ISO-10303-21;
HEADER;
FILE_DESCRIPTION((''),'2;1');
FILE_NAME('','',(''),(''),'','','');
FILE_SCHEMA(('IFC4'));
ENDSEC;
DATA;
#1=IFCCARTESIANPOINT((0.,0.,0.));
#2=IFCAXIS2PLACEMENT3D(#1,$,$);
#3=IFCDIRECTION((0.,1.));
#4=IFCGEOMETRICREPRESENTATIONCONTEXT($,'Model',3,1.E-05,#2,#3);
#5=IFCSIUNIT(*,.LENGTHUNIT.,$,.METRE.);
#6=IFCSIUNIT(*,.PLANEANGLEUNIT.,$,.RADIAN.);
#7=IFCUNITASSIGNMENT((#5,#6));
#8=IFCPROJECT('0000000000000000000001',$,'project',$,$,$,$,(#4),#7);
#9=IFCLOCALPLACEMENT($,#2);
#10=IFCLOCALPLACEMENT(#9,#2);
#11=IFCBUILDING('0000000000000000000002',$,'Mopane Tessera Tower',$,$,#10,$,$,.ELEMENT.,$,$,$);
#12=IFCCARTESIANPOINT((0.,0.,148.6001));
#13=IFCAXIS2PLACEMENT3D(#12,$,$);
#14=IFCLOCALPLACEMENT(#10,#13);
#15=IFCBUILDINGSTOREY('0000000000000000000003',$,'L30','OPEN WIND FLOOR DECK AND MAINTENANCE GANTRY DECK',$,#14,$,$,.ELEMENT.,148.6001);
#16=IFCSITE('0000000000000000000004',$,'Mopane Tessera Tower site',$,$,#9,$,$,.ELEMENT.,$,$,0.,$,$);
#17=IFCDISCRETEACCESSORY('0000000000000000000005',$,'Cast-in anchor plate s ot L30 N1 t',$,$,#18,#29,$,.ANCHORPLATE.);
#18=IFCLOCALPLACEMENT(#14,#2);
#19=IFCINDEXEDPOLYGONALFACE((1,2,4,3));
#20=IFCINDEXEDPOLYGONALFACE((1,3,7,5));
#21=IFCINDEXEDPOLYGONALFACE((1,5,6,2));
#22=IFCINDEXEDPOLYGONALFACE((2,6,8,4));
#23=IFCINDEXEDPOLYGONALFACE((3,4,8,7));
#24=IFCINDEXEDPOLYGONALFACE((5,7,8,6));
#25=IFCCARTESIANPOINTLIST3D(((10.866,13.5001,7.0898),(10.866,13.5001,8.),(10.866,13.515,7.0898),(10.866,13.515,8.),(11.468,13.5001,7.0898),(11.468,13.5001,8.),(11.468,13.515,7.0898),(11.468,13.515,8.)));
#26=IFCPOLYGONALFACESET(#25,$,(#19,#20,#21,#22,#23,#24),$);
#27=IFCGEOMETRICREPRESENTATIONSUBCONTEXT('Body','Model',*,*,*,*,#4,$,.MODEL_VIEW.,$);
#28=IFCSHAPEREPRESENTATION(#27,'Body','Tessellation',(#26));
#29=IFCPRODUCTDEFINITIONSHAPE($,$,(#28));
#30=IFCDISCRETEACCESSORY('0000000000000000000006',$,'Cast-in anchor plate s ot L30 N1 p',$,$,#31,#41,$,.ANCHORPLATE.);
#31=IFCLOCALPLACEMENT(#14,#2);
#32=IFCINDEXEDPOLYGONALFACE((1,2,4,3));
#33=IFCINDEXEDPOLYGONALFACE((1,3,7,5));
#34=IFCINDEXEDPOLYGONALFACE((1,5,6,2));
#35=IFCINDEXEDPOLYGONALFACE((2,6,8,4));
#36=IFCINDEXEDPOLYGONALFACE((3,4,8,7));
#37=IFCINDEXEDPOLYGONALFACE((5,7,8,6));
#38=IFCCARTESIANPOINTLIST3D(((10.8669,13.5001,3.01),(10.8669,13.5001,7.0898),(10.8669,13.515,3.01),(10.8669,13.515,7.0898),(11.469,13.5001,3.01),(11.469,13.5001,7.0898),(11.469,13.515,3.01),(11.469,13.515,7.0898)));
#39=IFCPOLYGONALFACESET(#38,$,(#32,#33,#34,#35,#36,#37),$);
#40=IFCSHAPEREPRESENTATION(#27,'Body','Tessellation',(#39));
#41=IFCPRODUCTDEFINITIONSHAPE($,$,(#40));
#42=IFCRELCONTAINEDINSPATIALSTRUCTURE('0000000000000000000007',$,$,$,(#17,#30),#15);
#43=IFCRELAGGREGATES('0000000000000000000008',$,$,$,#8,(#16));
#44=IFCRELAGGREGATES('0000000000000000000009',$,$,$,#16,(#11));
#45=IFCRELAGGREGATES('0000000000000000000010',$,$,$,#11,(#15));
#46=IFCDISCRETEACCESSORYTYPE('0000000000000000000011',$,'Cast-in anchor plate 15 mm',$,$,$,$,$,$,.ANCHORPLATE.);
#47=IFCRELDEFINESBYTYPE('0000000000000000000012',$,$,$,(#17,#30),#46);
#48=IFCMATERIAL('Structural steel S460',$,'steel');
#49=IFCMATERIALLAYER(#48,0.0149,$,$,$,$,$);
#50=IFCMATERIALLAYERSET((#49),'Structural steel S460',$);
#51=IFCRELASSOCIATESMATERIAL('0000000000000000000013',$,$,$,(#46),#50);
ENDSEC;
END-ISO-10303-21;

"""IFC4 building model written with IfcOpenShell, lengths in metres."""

from ifc_helpers import new_model, si_unit, direction, frame, origin, origin_2d, place, context, subcontext, project, spatial, rectangle, extrude, material, layer, layer_set, type_object, element, save


model = new_model("IFC4")

# Units and contexts
model_context = context("Model", 3, precision=1e-05, world=origin(), true_north=direction((0.0, 1.0)))
body_context = subcontext(model_context, "Body", "Model", "MODEL_VIEW")
ifc_project = project(units=[si_unit("LENGTHUNIT", "METRE"), si_unit("PLANEANGLEUNIT", "RADIAN")], contexts=[model_context])

# Site, building, storey
site_placement = place(None, origin())
site = spatial("IfcSite", under=ifc_project, at=site_placement, Name="Mopane Tessera Tower site", CompositionType="ELEMENT", RefElevation=0.0)
building_placement = place(site_placement, origin())
building = spatial("IfcBuilding", under=site, at=building_placement, Name="Mopane Tessera Tower", CompositionType="ELEMENT")
storey_placement = place(building_placement, frame((0.0, 0.0, 148.6001)))
storey = spatial("IfcBuildingStorey", under=building, at=storey_placement, Name="L30", Description="OPEN WIND FLOOR DECK AND MAINTENANCE GANTRY DECK", CompositionType="ELEMENT", Elevation=148.6001)

# Discrete accessories
ifc_material_1 = material(Name="Structural steel S460", Category="steel")
ifc_layer_1 = layer(ifc_material_1, 0.0149)
ifc_layer_set_1 = layer_set([ifc_layer_1], Name="Structural steel S460")
discrete_accessory_type = type_object("IfcDiscreteAccessoryType", Name="Cast-in anchor plate 15 mm", PredefinedType="ANCHORPLATE", material=ifc_layer_set_1)
for number, where, z_axis, x_axis, name in (
    (1, (11.167, 13.5076, 7.0898), (0.0, 0.0, 1.0), (0.0, 1.0, 0.0), "Cast-in anchor plate s ot L30 N1 t"),
):
    element("IfcDiscreteAccessory", number, at=place(storey_placement, frame(where, z_axis=z_axis, x_axis=x_axis)), inside=storey, type_object=discrete_accessory_type, Name=name, PredefinedType="ANCHORPLATE", context=body_context, shape_type="SweptSolid", body=[
        extrude(rectangle(XDim=0.0149, YDim=0.6021, at=origin_2d()), origin(), (0.0, 0.0, 1.0), 0.9102),
    ])
discrete_accessory_1_placement = place(storey_placement, frame((11.168, 13.5076, 3.01), z_axis=(0.0, 0.0, 1.0), x_axis=(0.0, 1.0, 0.0)))
element("IfcDiscreteAccessory", 2, at=discrete_accessory_1_placement, inside=storey, type_object=discrete_accessory_type, Name="Cast-in anchor plate s ot L30 N1 p", PredefinedType="ANCHORPLATE", context=body_context, shape_type="SweptSolid", body=[
    extrude(rectangle(XDim=0.0149, YDim=0.6021, at=origin_2d()), origin(), (0.0, 0.0, 1.0), 4.0798),
])

save(model, "model.ifc")
